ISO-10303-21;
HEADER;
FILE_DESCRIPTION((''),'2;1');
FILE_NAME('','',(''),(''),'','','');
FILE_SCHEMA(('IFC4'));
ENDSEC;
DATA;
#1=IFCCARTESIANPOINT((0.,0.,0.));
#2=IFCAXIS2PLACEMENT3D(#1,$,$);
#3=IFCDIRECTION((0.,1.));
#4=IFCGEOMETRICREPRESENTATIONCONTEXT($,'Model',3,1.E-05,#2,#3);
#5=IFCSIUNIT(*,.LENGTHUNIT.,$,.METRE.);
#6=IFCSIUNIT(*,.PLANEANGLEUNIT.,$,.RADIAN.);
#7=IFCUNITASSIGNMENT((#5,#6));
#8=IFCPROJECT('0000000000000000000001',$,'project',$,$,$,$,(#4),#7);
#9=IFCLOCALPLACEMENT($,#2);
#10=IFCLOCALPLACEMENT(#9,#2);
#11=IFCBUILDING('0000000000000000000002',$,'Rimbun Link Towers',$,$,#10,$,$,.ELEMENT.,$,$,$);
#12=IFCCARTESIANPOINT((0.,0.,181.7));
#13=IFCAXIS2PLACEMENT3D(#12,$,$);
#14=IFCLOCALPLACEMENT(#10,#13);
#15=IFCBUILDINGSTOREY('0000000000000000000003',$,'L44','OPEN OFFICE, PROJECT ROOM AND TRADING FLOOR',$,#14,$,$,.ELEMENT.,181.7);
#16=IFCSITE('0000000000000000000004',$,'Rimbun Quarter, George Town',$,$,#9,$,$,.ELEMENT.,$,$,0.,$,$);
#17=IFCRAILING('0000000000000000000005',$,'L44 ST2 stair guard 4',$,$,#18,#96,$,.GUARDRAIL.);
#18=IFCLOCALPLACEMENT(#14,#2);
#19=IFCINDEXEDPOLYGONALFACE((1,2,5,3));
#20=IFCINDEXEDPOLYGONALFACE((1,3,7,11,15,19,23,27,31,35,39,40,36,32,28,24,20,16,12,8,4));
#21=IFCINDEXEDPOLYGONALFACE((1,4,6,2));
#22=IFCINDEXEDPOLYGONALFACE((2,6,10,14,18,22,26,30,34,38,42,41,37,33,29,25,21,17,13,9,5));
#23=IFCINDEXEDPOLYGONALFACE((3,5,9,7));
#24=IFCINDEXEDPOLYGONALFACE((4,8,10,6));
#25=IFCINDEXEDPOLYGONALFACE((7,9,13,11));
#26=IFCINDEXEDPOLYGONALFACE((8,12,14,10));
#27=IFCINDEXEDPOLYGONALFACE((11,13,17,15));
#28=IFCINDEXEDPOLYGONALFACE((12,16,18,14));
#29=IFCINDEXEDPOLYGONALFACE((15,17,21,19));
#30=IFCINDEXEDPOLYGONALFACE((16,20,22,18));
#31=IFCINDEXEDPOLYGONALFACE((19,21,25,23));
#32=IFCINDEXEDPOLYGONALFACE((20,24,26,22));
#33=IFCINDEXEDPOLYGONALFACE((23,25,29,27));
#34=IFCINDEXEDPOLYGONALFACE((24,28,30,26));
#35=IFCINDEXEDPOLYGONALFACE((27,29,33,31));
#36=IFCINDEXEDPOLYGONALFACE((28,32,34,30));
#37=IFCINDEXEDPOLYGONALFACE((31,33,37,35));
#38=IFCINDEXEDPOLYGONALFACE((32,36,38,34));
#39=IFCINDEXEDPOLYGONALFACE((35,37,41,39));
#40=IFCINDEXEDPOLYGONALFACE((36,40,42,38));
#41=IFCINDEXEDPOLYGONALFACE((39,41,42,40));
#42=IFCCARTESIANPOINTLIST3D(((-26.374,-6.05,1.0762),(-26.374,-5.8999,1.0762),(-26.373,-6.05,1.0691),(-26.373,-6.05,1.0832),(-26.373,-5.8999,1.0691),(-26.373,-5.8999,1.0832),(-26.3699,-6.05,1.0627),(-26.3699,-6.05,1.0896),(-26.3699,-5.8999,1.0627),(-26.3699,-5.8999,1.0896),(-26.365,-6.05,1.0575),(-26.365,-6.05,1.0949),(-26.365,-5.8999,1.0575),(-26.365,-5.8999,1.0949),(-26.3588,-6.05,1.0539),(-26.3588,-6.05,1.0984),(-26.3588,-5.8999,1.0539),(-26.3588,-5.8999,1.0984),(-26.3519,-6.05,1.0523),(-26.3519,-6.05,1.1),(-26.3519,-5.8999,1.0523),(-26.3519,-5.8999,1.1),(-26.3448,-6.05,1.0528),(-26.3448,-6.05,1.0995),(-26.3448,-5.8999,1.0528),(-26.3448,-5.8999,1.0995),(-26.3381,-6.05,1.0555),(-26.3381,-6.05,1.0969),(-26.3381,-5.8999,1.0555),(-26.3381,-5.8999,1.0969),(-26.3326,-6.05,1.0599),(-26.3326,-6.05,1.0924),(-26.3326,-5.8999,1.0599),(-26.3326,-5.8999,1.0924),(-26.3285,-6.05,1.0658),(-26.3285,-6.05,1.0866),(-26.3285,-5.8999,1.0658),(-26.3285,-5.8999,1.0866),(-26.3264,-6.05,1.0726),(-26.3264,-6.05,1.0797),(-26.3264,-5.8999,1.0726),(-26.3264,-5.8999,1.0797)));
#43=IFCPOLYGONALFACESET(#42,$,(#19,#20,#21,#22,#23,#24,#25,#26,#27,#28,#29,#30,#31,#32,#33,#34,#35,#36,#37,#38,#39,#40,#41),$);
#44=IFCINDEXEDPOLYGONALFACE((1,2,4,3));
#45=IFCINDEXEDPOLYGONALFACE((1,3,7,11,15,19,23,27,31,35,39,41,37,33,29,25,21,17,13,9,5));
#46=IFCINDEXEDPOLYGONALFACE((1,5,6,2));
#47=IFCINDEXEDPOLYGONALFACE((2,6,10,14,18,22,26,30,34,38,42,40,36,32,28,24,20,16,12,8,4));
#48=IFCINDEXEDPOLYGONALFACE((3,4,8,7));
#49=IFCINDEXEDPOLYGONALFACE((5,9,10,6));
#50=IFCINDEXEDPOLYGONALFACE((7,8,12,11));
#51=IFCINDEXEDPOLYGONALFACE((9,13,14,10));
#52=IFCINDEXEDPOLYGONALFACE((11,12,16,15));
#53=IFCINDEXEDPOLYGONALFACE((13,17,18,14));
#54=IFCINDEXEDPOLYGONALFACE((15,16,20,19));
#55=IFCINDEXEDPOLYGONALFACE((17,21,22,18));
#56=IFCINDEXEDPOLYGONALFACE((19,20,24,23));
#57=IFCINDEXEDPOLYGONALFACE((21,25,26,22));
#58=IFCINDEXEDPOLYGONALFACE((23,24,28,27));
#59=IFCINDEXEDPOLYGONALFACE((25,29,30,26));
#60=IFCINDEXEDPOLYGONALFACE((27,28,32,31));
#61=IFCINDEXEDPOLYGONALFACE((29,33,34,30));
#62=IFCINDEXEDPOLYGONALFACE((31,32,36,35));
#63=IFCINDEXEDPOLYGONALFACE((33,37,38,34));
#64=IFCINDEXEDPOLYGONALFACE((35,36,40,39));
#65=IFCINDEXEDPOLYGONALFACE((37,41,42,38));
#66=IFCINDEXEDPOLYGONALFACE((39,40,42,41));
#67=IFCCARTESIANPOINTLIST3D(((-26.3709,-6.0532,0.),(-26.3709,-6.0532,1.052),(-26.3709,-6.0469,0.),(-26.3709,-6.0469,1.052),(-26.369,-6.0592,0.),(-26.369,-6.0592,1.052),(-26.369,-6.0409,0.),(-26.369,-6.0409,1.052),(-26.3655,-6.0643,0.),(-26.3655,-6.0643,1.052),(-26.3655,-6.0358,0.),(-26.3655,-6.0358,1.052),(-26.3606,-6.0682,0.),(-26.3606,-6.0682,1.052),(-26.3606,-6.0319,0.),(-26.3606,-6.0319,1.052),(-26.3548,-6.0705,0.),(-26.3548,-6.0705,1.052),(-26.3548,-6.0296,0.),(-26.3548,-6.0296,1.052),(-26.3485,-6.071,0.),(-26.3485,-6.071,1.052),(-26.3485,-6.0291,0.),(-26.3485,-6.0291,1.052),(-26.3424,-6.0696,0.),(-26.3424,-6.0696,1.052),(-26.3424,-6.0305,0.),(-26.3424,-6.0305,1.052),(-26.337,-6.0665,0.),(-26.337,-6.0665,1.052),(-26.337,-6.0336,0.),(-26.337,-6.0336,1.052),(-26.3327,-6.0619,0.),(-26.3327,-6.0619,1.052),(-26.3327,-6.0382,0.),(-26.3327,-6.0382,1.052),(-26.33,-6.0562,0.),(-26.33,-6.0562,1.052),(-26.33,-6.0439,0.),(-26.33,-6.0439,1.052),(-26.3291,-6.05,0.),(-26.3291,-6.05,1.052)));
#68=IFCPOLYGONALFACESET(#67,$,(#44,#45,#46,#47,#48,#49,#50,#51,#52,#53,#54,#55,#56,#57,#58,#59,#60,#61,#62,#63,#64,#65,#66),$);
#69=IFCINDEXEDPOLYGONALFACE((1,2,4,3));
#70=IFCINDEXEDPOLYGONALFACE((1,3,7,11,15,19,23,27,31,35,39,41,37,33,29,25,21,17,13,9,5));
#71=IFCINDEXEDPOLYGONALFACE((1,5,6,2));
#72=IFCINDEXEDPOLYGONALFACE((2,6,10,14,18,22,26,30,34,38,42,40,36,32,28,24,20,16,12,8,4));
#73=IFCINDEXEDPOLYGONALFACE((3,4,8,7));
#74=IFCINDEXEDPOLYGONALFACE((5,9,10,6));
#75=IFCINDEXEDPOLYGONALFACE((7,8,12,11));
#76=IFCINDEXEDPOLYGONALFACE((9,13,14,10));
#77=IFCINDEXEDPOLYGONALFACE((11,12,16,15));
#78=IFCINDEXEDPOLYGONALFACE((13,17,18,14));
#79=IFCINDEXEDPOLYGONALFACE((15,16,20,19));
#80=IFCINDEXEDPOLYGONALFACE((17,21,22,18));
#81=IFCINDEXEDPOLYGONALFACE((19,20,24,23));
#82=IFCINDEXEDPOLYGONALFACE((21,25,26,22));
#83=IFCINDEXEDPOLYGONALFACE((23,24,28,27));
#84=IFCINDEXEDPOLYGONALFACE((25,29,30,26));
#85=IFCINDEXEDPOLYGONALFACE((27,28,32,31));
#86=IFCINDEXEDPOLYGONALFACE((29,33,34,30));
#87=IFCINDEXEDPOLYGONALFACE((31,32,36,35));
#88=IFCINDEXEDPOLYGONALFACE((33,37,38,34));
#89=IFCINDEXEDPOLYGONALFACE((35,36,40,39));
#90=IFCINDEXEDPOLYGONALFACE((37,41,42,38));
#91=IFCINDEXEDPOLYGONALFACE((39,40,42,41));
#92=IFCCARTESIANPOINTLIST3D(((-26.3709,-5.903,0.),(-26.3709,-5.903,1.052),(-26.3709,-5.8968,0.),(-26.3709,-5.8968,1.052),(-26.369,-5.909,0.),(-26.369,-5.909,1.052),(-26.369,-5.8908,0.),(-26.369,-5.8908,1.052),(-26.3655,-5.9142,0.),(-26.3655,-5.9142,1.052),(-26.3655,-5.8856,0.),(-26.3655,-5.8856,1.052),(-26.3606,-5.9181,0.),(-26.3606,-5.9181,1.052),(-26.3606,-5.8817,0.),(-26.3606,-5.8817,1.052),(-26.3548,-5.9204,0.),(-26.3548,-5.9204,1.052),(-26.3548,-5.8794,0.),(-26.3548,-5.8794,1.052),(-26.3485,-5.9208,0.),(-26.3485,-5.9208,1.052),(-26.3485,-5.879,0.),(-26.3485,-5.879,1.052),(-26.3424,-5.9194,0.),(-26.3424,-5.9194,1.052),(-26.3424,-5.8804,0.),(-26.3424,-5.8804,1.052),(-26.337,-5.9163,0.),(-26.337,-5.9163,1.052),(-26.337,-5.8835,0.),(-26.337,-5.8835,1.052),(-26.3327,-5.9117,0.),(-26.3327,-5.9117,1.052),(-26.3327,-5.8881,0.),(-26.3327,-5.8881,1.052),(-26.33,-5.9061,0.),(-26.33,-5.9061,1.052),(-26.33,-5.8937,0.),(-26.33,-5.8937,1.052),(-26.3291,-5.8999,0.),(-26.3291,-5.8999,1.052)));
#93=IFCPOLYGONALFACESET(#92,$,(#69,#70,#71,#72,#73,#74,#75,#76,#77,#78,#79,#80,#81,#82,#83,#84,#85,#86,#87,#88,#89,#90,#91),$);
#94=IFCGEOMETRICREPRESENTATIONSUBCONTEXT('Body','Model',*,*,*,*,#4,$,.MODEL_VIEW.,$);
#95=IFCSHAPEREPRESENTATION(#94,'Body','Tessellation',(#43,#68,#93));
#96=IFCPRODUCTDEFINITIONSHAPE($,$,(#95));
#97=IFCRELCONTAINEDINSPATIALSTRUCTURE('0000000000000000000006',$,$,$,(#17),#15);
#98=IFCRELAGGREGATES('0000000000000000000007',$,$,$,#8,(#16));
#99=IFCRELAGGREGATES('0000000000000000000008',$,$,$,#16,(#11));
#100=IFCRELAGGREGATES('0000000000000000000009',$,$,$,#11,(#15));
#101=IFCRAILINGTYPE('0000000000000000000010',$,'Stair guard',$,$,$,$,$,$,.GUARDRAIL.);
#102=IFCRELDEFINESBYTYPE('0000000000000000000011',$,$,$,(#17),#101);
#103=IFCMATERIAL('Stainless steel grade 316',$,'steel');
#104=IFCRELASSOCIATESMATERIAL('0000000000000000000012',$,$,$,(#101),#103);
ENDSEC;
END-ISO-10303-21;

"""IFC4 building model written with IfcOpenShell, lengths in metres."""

from ifc_helpers import new_model, si_unit, direction, frame, origin, origin_2d, place, context, subcontext, project, spatial, circle, extrude, material, type_object, element, save


model = new_model("IFC4")

# Units and contexts
model_context = context("Model", 3, precision=1e-05, world=origin(), true_north=direction((0.0, 1.0)))
body_context = subcontext(model_context, "Body", "Model", "MODEL_VIEW")
ifc_project = project(units=[si_unit("LENGTHUNIT", "METRE"), si_unit("PLANEANGLEUNIT", "RADIAN")], contexts=[model_context])

# Site, building, storey
site_placement = place(None, origin())
site = spatial("IfcSite", under=ifc_project, at=site_placement, Name="Rimbun Quarter, George Town", CompositionType="ELEMENT", RefElevation=0.0)
building_placement = place(site_placement, origin())
building = spatial("IfcBuilding", under=site, at=building_placement, Name="Rimbun Link Towers", CompositionType="ELEMENT")
storey_placement = place(building_placement, frame((0.0, 0.0, 181.7)))
storey = spatial("IfcBuildingStorey", under=building, at=storey_placement, Name="L44", Description="OPEN OFFICE, PROJECT ROOM AND TRADING FLOOR", CompositionType="ELEMENT", Elevation=181.7)

# Railing
ifc_material_1 = material(Name="Stainless steel grade 316", Category="steel")
railing_type_1 = type_object("IfcRailingType", Name="Stair guard", PredefinedType="GUARDRAIL", material=ifc_material_1)
railing_1_placement = place(storey_placement, frame((-26.3501, -6.05, 0.0)))
element("IfcRailing", 1, at=railing_1_placement, inside=storey, type_object=railing_type_1, Name="L44 ST2 stair guard 4", PredefinedType="GUARDRAIL", context=body_context, shape_type="SweptSolid", body=[
    extrude(circle(Radius=0.0239, at=origin_2d()), frame((0.0, 0.0, 1.0762), z_axis=(0.0, 1.0, 0.0), x_axis=(-1.0, 0.0, 0.0)), (0.0, 0.0, 1.0), 0.1501),
    extrude(circle(Radius=0.021, at=origin_2d()), origin(), (0.0, 0.0, 1.0), 1.052),
    extrude(circle(Radius=0.021, at=origin_2d()), frame((0.0, 0.1501, 0.0)), (0.0, 0.0, 1.0), 1.052),
])

save(model, "model.ifc")
